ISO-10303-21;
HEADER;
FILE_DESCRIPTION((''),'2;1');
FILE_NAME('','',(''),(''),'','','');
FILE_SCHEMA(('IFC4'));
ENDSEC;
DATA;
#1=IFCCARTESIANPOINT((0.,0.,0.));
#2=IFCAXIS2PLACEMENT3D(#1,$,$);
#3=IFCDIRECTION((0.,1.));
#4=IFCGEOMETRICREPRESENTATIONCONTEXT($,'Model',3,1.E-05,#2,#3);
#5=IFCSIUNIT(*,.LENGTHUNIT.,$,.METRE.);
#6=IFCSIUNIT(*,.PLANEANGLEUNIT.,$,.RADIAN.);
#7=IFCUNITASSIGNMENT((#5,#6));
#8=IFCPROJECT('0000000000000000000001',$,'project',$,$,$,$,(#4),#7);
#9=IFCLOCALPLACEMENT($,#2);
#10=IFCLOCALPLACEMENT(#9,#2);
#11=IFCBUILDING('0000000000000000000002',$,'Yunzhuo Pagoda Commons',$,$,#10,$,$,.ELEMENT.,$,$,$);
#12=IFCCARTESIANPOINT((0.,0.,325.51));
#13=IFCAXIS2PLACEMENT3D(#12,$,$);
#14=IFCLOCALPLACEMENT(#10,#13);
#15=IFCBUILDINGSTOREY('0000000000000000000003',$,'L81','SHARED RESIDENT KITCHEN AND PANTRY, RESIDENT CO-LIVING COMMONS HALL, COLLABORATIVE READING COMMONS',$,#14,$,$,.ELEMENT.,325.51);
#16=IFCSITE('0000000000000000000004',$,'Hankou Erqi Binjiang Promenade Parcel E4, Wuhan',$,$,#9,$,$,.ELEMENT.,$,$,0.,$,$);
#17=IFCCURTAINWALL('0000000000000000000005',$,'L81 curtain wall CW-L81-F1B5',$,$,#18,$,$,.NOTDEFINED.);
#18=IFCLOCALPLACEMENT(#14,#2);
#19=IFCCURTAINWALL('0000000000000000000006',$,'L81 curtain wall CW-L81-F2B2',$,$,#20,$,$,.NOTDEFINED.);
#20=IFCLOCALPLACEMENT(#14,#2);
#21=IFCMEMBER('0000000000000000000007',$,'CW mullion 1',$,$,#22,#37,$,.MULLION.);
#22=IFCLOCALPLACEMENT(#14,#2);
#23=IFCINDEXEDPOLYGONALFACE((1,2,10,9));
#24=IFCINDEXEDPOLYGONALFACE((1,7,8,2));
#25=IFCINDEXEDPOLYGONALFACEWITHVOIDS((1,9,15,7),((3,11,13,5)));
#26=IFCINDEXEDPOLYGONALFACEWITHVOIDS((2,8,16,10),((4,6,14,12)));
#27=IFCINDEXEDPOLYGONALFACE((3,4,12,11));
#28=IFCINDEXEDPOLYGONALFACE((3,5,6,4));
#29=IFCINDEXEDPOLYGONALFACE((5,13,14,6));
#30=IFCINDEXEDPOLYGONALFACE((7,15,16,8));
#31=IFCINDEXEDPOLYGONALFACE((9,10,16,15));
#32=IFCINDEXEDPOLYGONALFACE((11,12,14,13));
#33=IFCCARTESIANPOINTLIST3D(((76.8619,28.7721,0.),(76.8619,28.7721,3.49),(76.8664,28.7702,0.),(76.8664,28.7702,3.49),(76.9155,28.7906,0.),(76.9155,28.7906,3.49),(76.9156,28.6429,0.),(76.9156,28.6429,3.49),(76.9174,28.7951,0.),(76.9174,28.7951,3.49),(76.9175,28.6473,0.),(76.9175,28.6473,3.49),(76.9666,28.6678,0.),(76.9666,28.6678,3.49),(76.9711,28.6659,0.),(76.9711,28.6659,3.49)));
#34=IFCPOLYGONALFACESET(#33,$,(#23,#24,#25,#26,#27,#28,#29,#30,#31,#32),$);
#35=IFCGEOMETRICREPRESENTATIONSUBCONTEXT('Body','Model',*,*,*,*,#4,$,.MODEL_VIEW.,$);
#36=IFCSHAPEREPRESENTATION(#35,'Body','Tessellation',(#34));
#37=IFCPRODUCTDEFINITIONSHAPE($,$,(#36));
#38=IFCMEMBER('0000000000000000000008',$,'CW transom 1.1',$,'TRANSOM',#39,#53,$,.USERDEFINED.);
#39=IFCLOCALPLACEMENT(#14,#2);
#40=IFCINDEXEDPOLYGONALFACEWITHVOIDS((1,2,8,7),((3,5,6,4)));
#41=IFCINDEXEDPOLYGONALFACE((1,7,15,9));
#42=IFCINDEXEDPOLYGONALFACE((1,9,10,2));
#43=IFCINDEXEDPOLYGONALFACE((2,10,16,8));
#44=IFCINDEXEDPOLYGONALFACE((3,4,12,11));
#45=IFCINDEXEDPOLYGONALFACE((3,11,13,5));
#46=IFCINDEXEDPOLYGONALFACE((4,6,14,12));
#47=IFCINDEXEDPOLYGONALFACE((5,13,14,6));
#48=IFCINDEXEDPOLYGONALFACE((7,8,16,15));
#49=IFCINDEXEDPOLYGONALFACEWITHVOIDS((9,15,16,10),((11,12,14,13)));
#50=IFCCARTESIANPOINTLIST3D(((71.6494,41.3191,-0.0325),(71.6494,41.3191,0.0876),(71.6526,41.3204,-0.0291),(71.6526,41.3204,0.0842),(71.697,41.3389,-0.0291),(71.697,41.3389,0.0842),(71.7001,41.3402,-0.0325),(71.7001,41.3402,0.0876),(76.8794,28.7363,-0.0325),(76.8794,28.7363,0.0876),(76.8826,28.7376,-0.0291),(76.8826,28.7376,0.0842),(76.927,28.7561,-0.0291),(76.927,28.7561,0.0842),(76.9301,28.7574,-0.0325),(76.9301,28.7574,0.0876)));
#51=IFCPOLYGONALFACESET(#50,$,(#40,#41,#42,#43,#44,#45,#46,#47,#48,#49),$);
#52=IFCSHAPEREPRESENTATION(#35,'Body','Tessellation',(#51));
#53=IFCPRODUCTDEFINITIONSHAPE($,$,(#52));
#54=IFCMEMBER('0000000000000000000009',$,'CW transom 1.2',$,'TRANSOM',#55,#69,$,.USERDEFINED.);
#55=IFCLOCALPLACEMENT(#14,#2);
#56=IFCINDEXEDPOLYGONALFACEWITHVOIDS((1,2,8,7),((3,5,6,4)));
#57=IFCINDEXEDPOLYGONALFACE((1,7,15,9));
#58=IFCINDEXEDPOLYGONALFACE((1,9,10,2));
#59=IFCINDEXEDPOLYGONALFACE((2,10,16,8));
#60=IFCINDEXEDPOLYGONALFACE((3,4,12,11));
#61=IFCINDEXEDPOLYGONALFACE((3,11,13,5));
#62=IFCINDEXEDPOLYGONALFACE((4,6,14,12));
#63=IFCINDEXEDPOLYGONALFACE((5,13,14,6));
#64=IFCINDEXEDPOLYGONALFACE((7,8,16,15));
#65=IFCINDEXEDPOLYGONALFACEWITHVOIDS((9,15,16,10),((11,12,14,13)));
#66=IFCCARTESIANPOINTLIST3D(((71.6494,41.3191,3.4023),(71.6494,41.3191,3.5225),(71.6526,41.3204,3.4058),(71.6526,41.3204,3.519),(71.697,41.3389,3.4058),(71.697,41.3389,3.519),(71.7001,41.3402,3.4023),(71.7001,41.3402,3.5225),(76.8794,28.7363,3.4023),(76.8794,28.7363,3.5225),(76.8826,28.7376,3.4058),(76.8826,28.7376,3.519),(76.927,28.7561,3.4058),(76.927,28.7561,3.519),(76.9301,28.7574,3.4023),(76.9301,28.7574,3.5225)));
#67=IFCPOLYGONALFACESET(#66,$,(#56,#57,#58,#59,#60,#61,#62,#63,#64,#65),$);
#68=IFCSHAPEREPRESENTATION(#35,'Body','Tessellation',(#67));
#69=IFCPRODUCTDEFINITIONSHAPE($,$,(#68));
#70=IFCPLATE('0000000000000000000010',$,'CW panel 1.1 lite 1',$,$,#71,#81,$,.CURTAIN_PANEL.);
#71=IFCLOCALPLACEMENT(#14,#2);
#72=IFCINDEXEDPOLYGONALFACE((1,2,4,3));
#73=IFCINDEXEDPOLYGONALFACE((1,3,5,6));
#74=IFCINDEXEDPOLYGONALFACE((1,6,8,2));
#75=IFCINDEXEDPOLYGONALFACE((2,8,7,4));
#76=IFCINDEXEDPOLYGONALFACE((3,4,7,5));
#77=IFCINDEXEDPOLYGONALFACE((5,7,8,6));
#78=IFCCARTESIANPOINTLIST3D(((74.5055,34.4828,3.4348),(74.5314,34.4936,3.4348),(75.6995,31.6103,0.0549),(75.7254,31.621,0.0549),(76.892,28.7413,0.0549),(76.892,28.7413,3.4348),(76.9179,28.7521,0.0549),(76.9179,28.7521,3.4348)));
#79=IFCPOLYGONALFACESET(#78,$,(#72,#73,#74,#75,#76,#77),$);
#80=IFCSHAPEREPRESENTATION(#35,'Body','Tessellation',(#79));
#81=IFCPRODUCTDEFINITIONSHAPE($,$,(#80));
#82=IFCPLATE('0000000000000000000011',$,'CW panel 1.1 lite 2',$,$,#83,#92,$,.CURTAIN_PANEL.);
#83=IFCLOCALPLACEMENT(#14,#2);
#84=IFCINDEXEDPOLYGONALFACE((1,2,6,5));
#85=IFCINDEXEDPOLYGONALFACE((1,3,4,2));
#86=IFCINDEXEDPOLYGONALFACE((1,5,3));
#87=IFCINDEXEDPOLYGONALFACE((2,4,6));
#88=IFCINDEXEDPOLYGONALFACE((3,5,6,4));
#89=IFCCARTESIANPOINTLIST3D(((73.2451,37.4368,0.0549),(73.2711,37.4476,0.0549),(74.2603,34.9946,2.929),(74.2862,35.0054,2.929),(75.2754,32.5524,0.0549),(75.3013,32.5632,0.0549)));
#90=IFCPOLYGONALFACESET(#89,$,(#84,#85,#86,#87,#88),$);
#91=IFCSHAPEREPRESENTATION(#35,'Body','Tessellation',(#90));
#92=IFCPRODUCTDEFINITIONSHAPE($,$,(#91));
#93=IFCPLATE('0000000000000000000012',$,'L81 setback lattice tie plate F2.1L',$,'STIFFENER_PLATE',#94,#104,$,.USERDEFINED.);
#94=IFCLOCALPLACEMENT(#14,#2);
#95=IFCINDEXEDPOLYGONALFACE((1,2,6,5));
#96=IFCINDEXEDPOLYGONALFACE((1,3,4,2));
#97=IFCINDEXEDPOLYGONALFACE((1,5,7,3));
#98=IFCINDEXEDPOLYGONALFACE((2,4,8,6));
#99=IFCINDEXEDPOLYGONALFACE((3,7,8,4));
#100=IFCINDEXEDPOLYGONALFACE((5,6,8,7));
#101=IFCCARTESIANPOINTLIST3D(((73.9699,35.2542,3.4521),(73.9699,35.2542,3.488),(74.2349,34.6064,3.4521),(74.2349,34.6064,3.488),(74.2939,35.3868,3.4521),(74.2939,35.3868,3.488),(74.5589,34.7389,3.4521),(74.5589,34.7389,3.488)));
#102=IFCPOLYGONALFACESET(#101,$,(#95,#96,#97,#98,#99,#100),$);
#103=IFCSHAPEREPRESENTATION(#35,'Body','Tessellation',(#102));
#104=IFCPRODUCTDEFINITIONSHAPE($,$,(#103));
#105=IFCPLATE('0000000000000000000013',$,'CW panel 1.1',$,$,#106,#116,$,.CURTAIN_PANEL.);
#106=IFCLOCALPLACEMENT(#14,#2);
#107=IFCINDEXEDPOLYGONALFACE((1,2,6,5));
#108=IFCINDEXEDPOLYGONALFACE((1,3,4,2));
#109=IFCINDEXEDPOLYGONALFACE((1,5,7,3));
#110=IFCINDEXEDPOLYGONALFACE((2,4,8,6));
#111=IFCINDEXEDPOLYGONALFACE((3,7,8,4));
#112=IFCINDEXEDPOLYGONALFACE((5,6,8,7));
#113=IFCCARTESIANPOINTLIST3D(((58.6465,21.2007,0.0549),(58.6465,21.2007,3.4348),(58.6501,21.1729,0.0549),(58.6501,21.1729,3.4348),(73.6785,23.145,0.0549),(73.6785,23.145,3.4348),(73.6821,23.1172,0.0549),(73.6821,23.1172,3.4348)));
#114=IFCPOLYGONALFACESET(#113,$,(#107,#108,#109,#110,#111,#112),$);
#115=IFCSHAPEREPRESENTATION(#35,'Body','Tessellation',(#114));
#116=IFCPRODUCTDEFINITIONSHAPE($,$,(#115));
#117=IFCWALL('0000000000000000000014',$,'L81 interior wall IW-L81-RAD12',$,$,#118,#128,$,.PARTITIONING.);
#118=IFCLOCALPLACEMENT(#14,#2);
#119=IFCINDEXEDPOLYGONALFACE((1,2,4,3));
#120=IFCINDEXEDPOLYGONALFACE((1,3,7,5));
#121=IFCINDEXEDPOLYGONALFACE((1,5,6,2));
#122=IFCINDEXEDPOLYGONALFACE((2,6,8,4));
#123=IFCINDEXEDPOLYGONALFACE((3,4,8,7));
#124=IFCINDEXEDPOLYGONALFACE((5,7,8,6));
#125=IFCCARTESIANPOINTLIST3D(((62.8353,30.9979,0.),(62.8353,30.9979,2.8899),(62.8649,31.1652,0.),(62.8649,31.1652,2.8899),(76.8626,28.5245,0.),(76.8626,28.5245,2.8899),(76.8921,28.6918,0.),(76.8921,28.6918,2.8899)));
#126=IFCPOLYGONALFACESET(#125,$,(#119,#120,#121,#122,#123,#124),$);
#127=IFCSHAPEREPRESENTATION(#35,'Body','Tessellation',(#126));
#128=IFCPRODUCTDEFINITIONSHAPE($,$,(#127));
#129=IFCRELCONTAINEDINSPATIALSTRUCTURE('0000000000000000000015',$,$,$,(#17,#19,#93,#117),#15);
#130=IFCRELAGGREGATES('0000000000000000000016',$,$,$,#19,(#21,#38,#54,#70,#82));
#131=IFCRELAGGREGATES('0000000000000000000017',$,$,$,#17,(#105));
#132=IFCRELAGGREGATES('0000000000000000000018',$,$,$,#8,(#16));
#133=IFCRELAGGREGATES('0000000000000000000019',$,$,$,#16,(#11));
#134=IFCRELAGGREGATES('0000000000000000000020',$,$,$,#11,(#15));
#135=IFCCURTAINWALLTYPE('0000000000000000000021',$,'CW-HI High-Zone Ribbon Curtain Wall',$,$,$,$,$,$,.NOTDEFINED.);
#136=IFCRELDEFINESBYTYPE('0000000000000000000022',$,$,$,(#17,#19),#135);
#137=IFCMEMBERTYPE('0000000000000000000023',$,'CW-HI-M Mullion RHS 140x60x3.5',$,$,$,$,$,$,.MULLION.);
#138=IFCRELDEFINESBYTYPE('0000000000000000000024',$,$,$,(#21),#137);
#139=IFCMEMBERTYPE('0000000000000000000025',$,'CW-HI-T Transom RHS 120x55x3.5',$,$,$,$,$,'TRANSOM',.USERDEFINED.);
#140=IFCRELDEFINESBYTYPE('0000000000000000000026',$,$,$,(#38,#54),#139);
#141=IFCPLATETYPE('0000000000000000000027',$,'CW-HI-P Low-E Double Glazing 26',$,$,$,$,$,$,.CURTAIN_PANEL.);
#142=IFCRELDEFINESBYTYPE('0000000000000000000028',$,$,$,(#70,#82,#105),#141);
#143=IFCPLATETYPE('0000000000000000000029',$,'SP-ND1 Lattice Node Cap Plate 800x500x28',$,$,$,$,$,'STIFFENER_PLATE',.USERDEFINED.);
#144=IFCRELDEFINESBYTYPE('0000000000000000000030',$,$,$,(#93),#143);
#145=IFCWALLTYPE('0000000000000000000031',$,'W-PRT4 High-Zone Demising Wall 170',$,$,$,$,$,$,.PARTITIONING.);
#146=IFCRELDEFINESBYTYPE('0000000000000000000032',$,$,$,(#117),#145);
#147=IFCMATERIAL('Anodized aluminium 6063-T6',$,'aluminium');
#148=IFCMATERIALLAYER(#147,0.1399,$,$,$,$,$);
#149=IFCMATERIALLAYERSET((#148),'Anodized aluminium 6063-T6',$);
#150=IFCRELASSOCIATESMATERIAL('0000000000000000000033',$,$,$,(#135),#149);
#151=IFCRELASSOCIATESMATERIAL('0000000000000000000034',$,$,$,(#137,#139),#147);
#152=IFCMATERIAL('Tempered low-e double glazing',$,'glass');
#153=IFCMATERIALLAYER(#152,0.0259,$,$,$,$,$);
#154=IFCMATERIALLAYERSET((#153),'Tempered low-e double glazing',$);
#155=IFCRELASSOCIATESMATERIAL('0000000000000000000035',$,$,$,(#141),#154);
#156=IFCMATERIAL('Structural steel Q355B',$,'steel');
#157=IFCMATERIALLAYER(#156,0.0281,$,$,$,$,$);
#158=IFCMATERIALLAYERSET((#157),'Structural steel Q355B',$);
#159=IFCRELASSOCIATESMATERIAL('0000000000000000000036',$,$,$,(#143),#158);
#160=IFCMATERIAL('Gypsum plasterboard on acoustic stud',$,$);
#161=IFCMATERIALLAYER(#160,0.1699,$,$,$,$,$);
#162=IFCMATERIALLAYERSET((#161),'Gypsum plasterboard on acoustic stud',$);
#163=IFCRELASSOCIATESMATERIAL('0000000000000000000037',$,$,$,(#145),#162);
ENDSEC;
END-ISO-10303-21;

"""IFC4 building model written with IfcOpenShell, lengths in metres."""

from ifc_helpers import new_model, si_unit, direction, frame, frame_2d, origin, origin_2d, place, context, subcontext, project, spatial, polyline, rectangle, hollow_rectangle, outline, extrude, source, transform, mapped, material, layer, layer_set, material_profile, profile_set, type_object, element, aggregate, save


model = new_model("IFC4")

# Units and contexts
model_context = context("Model", 3, precision=1e-05, world=origin(), true_north=direction((0.0, 1.0)))
body_context = subcontext(model_context, "Body", "Model", "MODEL_VIEW")
ifc_project = project(units=[si_unit("LENGTHUNIT", "METRE"), si_unit("PLANEANGLEUNIT", "RADIAN")], contexts=[model_context])

# Site, building, storey
site_placement = place(None, origin())
site = spatial("IfcSite", under=ifc_project, at=site_placement, Name="Hankou Erqi Binjiang Promenade Parcel E4, Wuhan", CompositionType="ELEMENT", RefElevation=0.0)
building_placement = place(site_placement, origin())
building = spatial("IfcBuilding", under=site, at=building_placement, Name="Yunzhuo Pagoda Commons", CompositionType="ELEMENT")
storey_placement = place(building_placement, frame((0.0, 0.0, 325.51)))
storey = spatial("IfcBuildingStorey", under=building, at=storey_placement, Name="L81", Description="SHARED RESIDENT KITCHEN AND PANTRY, RESIDENT CO-LIVING COMMONS HALL, COLLABORATIVE READING COMMONS", CompositionType="ELEMENT", Elevation=325.51)

# Shared definitions
ifc_material_1 = material(Name="Structural steel Q355B", Category="steel")

# Curtain wall
ifc_material_2 = material(Name="Anodized aluminium 6063-T6", Category="aluminium")
ifc_layer_1 = layer(ifc_material_2, 0.1399)
ifc_layer_set_1 = layer_set([ifc_layer_1], Name="Anodized aluminium 6063-T6")
curtain_wall_type = type_object("IfcCurtainWallType", Name="CW-HI High-Zone Ribbon Curtain Wall", PredefinedType="NOTDEFINED", material=ifc_layer_set_1)
curtain_wall_1_placement = place(storey_placement, origin())
curtain_wall_1 = element("IfcCurtainWall", 1, at=curtain_wall_1_placement, inside=storey, type_object=curtain_wall_type, Name="L81 curtain wall CW-L81-F1B5", PredefinedType="NOTDEFINED")
ifc_material_profile_1 = material_profile(ifc_material_2, hollow_rectangle(XDim=0.0601, YDim=0.1399, WallThickness=0.0034, at=origin_2d()), Name="Anodized aluminium 6063-T6")
ifc_profile_set_1 = profile_set([ifc_material_profile_1], Name="Anodized aluminium 6063-T6")
member_type_1 = type_object("IfcMemberType", Name="CW-HI-M Mullion RHS 140x60x3.5", PredefinedType="MULLION", material=ifc_profile_set_1)
shared_shape_1 = source(origin(), body_context, "Body", "SweptSolid", [
    extrude(hollow_rectangle(XDim=0.0601, YDim=0.1399, WallThickness=0.0034, at=origin_2d()), origin(), (0.0, 0.0, 1.0), 3.49),
])

# Curtain wall, members, plates
curtain_wall_2_placement = place(storey_placement, origin())
curtain_wall_2 = element("IfcCurtainWall", 2, at=curtain_wall_2_placement, inside=storey, type_object=curtain_wall_type, Name="L81 curtain wall CW-L81-F2B2", PredefinedType="NOTDEFINED")
member_1_placement = place(storey_placement, frame((76.9165, 28.719, 0.0), z_axis=(0.0, 0.0, 1.0), x_axis=(-0.923407, -0.383822, 0.0)))
member_1 = element("IfcMember", 3, at=member_1_placement, type_object=member_type_1, Name="CW mullion 1", PredefinedType="MULLION", context=body_context, shape_type="MappedRepresentation", body=[
    mapped(shared_shape_1, transform((0.0, 0.0, 0.0), scale=1.0)),
])
ifc_material_profile_2 = material_profile(ifc_material_2, hollow_rectangle(XDim=0.0549, YDim=0.1201, WallThickness=0.0034, at=origin_2d()), Name="Anodized aluminium 6063-T6")
ifc_profile_set_2 = profile_set([ifc_material_profile_2], Name="Anodized aluminium 6063-T6")
member_type_2 = type_object("IfcMemberType", Name="CW-HI-T Transom RHS 120x55x3.5", ElementType="TRANSOM", PredefinedType="USERDEFINED", material=ifc_profile_set_2)
shared_shape_2 = source(origin(), body_context, "Body", "SweptSolid", [
    extrude(hollow_rectangle(XDim=0.0549, YDim=0.1201, WallThickness=0.0034, at=origin_2d()), origin(), (0.0, 0.0, 1.0), 13.6265),
])
member_2_placement = place(storey_placement, frame((76.9048, 28.7468, 0.0276), z_axis=(-0.383812, 0.923411, 0.0), x_axis=(-0.923411, -0.383812, 0.0)))
member_2 = element("IfcMember", 4, at=member_2_placement, type_object=member_type_2, Name="CW transom 1.1", ObjectType="TRANSOM", PredefinedType="USERDEFINED", context=body_context, shape_type="MappedRepresentation", body=[
    mapped(shared_shape_2, transform((0.0, 0.0, 0.0), scale=1.0)),
])
member_3_placement = place(storey_placement, frame((76.9048, 28.7468, 3.4624), z_axis=(-0.383812, 0.923411, 0.0), x_axis=(-0.923411, -0.383812, 0.0)))
member_3 = element("IfcMember", 5, at=member_3_placement, type_object=member_type_2, Name="CW transom 1.2", ObjectType="TRANSOM", PredefinedType="USERDEFINED", context=body_context, shape_type="MappedRepresentation", body=[
    mapped(shared_shape_2, transform((0.0, 0.0, 0.0), scale=1.0)),
])
ifc_material_3 = material(Name="Tempered low-e double glazing", Category="glass")
ifc_layer_2 = layer(ifc_material_3, 0.0259)
ifc_layer_set_2 = layer_set([ifc_layer_2], Name="Tempered low-e double glazing")
plate_type_1 = type_object("IfcPlateType", Name="CW-HI-P Low-E Double Glazing 26", PredefinedType="CURTAIN_PANEL", material=ifc_layer_set_2)
plate_1_placement = place(storey_placement, frame((75.6987, 31.6121, 1.7449), z_axis=(0.923407, 0.383822, 0.0), x_axis=(-0.383822, 0.923407, 0.0)))
plate_1 = element("IfcPlate", 6, at=plate_1_placement, type_object=plate_type_1, Name="CW panel 1.1 lite 1", PredefinedType="CURTAIN_PANEL", context=body_context, shape_type="SweptSolid", body=[
    extrude(outline(polyline([(-3.1089, -1.6899), (-0.002, -1.6899), (3.1089, 1.6899), (-3.1089, 1.6899), (-3.1089, -1.6899)])), origin(), (0.0, 0.0, 1.0), 0.0281),
])
plate_2_placement = place(storey_placement, frame((74.2603, 34.9946, 1.4919), z_axis=(0.923407, 0.383822, 0.0), x_axis=(-0.383822, 0.923407, 0.0)))
plate_2 = element("IfcPlate", 7, at=plate_2_placement, type_object=plate_type_1, Name="CW panel 1.1 lite 2", PredefinedType="CURTAIN_PANEL", context=body_context, shape_type="SweptSolid", body=[
    extrude(outline(polyline([(-2.6448, -1.437), (2.6448, -1.437), (0.0, 1.437), (-2.6448, -1.437)])), origin(), (0.0, 0.0, 1.0), 0.0281),
])
aggregate(curtain_wall_2, [member_1, member_2, member_3, plate_1, plate_2])

# Plates
ifc_layer_3 = layer(ifc_material_1, 0.0281)
ifc_layer_set_3 = layer_set([ifc_layer_3], Name="Structural steel Q355B")
plate_type_2 = type_object("IfcPlateType", Name="SP-ND1 Lattice Node Cap Plate 800x500x28", ElementType="STIFFENER_PLATE", PredefinedType="USERDEFINED", material=ifc_layer_set_3)
shared_shape_3 = source(origin(), body_context, "Body", "SweptSolid", [
    extrude(rectangle(XDim=0.7, YDim=0.3501, at=origin_2d()), origin(), (0.0, 0.0, 1.0), 0.0359),
])
plate_3_placement = place(storey_placement, frame((74.2644, 34.9966, 3.4521), z_axis=(0.0, 0.0, 1.0), x_axis=(-0.378568, 0.925574, 0.0)))
element("IfcPlate", 8, at=plate_3_placement, inside=storey, type_object=plate_type_2, Name="L81 setback lattice tie plate F2.1L", ObjectType="STIFFENER_PLATE", PredefinedType="USERDEFINED", context=body_context, shape_type="MappedRepresentation", body=[
    mapped(shared_shape_3, transform((0.0, 0.0, 0.0), scale=1.0)),
])
shared_shape_4 = source(origin(), body_context, "Body", "SweptSolid", [
    extrude(rectangle(XDim=15.1572, YDim=0.0281, at=origin_2d()), origin(), (0.0, 0.0, 1.0), 3.3799),
])
plate_4_placement = place(storey_placement, frame((66.1643, 22.1589, 0.0549), z_axis=(0.0, 0.0, 1.0), x_axis=(0.991739, 0.128276, 0.0)))
plate_4 = element("IfcPlate", 9, at=plate_4_placement, type_object=plate_type_1, Name="CW panel 1.1", PredefinedType="CURTAIN_PANEL", context=body_context, shape_type="MappedRepresentation", body=[
    mapped(shared_shape_4, transform((0.0, 0.0, 0.0), scale=1.0)),
])
aggregate(curtain_wall_1, [plate_4])

# Wall
ifc_material_4 = material(Name="Gypsum plasterboard on acoustic stud")
ifc_layer_4 = layer(ifc_material_4, 0.1699)
ifc_layer_set_4 = layer_set([ifc_layer_4], Name="Gypsum plasterboard on acoustic stud")
wall_type_1 = type_object("IfcWallType", Name="W-PRT4 High-Zone Demising Wall 170", PredefinedType="PARTITIONING", material=ifc_layer_set_4)
wall_1_placement = place(storey_placement, frame((62.8501, 31.0815, 0.0), z_axis=(0.0, 0.0, 1.0), x_axis=(0.984808, -0.173647, 0.0)))
element("IfcWall", 10, at=wall_1_placement, inside=storey, type_object=wall_type_1, Name="L81 interior wall IW-L81-RAD12", PredefinedType="PARTITIONING", context=body_context, shape_type="SweptSolid", body=[
    extrude(rectangle(XDim=14.2437, YDim=0.1699, at=frame_2d((7.1218, 0.0))), origin(), (0.0, 0.0, 1.0), 2.8899),
])

save(model, "model.ifc")
